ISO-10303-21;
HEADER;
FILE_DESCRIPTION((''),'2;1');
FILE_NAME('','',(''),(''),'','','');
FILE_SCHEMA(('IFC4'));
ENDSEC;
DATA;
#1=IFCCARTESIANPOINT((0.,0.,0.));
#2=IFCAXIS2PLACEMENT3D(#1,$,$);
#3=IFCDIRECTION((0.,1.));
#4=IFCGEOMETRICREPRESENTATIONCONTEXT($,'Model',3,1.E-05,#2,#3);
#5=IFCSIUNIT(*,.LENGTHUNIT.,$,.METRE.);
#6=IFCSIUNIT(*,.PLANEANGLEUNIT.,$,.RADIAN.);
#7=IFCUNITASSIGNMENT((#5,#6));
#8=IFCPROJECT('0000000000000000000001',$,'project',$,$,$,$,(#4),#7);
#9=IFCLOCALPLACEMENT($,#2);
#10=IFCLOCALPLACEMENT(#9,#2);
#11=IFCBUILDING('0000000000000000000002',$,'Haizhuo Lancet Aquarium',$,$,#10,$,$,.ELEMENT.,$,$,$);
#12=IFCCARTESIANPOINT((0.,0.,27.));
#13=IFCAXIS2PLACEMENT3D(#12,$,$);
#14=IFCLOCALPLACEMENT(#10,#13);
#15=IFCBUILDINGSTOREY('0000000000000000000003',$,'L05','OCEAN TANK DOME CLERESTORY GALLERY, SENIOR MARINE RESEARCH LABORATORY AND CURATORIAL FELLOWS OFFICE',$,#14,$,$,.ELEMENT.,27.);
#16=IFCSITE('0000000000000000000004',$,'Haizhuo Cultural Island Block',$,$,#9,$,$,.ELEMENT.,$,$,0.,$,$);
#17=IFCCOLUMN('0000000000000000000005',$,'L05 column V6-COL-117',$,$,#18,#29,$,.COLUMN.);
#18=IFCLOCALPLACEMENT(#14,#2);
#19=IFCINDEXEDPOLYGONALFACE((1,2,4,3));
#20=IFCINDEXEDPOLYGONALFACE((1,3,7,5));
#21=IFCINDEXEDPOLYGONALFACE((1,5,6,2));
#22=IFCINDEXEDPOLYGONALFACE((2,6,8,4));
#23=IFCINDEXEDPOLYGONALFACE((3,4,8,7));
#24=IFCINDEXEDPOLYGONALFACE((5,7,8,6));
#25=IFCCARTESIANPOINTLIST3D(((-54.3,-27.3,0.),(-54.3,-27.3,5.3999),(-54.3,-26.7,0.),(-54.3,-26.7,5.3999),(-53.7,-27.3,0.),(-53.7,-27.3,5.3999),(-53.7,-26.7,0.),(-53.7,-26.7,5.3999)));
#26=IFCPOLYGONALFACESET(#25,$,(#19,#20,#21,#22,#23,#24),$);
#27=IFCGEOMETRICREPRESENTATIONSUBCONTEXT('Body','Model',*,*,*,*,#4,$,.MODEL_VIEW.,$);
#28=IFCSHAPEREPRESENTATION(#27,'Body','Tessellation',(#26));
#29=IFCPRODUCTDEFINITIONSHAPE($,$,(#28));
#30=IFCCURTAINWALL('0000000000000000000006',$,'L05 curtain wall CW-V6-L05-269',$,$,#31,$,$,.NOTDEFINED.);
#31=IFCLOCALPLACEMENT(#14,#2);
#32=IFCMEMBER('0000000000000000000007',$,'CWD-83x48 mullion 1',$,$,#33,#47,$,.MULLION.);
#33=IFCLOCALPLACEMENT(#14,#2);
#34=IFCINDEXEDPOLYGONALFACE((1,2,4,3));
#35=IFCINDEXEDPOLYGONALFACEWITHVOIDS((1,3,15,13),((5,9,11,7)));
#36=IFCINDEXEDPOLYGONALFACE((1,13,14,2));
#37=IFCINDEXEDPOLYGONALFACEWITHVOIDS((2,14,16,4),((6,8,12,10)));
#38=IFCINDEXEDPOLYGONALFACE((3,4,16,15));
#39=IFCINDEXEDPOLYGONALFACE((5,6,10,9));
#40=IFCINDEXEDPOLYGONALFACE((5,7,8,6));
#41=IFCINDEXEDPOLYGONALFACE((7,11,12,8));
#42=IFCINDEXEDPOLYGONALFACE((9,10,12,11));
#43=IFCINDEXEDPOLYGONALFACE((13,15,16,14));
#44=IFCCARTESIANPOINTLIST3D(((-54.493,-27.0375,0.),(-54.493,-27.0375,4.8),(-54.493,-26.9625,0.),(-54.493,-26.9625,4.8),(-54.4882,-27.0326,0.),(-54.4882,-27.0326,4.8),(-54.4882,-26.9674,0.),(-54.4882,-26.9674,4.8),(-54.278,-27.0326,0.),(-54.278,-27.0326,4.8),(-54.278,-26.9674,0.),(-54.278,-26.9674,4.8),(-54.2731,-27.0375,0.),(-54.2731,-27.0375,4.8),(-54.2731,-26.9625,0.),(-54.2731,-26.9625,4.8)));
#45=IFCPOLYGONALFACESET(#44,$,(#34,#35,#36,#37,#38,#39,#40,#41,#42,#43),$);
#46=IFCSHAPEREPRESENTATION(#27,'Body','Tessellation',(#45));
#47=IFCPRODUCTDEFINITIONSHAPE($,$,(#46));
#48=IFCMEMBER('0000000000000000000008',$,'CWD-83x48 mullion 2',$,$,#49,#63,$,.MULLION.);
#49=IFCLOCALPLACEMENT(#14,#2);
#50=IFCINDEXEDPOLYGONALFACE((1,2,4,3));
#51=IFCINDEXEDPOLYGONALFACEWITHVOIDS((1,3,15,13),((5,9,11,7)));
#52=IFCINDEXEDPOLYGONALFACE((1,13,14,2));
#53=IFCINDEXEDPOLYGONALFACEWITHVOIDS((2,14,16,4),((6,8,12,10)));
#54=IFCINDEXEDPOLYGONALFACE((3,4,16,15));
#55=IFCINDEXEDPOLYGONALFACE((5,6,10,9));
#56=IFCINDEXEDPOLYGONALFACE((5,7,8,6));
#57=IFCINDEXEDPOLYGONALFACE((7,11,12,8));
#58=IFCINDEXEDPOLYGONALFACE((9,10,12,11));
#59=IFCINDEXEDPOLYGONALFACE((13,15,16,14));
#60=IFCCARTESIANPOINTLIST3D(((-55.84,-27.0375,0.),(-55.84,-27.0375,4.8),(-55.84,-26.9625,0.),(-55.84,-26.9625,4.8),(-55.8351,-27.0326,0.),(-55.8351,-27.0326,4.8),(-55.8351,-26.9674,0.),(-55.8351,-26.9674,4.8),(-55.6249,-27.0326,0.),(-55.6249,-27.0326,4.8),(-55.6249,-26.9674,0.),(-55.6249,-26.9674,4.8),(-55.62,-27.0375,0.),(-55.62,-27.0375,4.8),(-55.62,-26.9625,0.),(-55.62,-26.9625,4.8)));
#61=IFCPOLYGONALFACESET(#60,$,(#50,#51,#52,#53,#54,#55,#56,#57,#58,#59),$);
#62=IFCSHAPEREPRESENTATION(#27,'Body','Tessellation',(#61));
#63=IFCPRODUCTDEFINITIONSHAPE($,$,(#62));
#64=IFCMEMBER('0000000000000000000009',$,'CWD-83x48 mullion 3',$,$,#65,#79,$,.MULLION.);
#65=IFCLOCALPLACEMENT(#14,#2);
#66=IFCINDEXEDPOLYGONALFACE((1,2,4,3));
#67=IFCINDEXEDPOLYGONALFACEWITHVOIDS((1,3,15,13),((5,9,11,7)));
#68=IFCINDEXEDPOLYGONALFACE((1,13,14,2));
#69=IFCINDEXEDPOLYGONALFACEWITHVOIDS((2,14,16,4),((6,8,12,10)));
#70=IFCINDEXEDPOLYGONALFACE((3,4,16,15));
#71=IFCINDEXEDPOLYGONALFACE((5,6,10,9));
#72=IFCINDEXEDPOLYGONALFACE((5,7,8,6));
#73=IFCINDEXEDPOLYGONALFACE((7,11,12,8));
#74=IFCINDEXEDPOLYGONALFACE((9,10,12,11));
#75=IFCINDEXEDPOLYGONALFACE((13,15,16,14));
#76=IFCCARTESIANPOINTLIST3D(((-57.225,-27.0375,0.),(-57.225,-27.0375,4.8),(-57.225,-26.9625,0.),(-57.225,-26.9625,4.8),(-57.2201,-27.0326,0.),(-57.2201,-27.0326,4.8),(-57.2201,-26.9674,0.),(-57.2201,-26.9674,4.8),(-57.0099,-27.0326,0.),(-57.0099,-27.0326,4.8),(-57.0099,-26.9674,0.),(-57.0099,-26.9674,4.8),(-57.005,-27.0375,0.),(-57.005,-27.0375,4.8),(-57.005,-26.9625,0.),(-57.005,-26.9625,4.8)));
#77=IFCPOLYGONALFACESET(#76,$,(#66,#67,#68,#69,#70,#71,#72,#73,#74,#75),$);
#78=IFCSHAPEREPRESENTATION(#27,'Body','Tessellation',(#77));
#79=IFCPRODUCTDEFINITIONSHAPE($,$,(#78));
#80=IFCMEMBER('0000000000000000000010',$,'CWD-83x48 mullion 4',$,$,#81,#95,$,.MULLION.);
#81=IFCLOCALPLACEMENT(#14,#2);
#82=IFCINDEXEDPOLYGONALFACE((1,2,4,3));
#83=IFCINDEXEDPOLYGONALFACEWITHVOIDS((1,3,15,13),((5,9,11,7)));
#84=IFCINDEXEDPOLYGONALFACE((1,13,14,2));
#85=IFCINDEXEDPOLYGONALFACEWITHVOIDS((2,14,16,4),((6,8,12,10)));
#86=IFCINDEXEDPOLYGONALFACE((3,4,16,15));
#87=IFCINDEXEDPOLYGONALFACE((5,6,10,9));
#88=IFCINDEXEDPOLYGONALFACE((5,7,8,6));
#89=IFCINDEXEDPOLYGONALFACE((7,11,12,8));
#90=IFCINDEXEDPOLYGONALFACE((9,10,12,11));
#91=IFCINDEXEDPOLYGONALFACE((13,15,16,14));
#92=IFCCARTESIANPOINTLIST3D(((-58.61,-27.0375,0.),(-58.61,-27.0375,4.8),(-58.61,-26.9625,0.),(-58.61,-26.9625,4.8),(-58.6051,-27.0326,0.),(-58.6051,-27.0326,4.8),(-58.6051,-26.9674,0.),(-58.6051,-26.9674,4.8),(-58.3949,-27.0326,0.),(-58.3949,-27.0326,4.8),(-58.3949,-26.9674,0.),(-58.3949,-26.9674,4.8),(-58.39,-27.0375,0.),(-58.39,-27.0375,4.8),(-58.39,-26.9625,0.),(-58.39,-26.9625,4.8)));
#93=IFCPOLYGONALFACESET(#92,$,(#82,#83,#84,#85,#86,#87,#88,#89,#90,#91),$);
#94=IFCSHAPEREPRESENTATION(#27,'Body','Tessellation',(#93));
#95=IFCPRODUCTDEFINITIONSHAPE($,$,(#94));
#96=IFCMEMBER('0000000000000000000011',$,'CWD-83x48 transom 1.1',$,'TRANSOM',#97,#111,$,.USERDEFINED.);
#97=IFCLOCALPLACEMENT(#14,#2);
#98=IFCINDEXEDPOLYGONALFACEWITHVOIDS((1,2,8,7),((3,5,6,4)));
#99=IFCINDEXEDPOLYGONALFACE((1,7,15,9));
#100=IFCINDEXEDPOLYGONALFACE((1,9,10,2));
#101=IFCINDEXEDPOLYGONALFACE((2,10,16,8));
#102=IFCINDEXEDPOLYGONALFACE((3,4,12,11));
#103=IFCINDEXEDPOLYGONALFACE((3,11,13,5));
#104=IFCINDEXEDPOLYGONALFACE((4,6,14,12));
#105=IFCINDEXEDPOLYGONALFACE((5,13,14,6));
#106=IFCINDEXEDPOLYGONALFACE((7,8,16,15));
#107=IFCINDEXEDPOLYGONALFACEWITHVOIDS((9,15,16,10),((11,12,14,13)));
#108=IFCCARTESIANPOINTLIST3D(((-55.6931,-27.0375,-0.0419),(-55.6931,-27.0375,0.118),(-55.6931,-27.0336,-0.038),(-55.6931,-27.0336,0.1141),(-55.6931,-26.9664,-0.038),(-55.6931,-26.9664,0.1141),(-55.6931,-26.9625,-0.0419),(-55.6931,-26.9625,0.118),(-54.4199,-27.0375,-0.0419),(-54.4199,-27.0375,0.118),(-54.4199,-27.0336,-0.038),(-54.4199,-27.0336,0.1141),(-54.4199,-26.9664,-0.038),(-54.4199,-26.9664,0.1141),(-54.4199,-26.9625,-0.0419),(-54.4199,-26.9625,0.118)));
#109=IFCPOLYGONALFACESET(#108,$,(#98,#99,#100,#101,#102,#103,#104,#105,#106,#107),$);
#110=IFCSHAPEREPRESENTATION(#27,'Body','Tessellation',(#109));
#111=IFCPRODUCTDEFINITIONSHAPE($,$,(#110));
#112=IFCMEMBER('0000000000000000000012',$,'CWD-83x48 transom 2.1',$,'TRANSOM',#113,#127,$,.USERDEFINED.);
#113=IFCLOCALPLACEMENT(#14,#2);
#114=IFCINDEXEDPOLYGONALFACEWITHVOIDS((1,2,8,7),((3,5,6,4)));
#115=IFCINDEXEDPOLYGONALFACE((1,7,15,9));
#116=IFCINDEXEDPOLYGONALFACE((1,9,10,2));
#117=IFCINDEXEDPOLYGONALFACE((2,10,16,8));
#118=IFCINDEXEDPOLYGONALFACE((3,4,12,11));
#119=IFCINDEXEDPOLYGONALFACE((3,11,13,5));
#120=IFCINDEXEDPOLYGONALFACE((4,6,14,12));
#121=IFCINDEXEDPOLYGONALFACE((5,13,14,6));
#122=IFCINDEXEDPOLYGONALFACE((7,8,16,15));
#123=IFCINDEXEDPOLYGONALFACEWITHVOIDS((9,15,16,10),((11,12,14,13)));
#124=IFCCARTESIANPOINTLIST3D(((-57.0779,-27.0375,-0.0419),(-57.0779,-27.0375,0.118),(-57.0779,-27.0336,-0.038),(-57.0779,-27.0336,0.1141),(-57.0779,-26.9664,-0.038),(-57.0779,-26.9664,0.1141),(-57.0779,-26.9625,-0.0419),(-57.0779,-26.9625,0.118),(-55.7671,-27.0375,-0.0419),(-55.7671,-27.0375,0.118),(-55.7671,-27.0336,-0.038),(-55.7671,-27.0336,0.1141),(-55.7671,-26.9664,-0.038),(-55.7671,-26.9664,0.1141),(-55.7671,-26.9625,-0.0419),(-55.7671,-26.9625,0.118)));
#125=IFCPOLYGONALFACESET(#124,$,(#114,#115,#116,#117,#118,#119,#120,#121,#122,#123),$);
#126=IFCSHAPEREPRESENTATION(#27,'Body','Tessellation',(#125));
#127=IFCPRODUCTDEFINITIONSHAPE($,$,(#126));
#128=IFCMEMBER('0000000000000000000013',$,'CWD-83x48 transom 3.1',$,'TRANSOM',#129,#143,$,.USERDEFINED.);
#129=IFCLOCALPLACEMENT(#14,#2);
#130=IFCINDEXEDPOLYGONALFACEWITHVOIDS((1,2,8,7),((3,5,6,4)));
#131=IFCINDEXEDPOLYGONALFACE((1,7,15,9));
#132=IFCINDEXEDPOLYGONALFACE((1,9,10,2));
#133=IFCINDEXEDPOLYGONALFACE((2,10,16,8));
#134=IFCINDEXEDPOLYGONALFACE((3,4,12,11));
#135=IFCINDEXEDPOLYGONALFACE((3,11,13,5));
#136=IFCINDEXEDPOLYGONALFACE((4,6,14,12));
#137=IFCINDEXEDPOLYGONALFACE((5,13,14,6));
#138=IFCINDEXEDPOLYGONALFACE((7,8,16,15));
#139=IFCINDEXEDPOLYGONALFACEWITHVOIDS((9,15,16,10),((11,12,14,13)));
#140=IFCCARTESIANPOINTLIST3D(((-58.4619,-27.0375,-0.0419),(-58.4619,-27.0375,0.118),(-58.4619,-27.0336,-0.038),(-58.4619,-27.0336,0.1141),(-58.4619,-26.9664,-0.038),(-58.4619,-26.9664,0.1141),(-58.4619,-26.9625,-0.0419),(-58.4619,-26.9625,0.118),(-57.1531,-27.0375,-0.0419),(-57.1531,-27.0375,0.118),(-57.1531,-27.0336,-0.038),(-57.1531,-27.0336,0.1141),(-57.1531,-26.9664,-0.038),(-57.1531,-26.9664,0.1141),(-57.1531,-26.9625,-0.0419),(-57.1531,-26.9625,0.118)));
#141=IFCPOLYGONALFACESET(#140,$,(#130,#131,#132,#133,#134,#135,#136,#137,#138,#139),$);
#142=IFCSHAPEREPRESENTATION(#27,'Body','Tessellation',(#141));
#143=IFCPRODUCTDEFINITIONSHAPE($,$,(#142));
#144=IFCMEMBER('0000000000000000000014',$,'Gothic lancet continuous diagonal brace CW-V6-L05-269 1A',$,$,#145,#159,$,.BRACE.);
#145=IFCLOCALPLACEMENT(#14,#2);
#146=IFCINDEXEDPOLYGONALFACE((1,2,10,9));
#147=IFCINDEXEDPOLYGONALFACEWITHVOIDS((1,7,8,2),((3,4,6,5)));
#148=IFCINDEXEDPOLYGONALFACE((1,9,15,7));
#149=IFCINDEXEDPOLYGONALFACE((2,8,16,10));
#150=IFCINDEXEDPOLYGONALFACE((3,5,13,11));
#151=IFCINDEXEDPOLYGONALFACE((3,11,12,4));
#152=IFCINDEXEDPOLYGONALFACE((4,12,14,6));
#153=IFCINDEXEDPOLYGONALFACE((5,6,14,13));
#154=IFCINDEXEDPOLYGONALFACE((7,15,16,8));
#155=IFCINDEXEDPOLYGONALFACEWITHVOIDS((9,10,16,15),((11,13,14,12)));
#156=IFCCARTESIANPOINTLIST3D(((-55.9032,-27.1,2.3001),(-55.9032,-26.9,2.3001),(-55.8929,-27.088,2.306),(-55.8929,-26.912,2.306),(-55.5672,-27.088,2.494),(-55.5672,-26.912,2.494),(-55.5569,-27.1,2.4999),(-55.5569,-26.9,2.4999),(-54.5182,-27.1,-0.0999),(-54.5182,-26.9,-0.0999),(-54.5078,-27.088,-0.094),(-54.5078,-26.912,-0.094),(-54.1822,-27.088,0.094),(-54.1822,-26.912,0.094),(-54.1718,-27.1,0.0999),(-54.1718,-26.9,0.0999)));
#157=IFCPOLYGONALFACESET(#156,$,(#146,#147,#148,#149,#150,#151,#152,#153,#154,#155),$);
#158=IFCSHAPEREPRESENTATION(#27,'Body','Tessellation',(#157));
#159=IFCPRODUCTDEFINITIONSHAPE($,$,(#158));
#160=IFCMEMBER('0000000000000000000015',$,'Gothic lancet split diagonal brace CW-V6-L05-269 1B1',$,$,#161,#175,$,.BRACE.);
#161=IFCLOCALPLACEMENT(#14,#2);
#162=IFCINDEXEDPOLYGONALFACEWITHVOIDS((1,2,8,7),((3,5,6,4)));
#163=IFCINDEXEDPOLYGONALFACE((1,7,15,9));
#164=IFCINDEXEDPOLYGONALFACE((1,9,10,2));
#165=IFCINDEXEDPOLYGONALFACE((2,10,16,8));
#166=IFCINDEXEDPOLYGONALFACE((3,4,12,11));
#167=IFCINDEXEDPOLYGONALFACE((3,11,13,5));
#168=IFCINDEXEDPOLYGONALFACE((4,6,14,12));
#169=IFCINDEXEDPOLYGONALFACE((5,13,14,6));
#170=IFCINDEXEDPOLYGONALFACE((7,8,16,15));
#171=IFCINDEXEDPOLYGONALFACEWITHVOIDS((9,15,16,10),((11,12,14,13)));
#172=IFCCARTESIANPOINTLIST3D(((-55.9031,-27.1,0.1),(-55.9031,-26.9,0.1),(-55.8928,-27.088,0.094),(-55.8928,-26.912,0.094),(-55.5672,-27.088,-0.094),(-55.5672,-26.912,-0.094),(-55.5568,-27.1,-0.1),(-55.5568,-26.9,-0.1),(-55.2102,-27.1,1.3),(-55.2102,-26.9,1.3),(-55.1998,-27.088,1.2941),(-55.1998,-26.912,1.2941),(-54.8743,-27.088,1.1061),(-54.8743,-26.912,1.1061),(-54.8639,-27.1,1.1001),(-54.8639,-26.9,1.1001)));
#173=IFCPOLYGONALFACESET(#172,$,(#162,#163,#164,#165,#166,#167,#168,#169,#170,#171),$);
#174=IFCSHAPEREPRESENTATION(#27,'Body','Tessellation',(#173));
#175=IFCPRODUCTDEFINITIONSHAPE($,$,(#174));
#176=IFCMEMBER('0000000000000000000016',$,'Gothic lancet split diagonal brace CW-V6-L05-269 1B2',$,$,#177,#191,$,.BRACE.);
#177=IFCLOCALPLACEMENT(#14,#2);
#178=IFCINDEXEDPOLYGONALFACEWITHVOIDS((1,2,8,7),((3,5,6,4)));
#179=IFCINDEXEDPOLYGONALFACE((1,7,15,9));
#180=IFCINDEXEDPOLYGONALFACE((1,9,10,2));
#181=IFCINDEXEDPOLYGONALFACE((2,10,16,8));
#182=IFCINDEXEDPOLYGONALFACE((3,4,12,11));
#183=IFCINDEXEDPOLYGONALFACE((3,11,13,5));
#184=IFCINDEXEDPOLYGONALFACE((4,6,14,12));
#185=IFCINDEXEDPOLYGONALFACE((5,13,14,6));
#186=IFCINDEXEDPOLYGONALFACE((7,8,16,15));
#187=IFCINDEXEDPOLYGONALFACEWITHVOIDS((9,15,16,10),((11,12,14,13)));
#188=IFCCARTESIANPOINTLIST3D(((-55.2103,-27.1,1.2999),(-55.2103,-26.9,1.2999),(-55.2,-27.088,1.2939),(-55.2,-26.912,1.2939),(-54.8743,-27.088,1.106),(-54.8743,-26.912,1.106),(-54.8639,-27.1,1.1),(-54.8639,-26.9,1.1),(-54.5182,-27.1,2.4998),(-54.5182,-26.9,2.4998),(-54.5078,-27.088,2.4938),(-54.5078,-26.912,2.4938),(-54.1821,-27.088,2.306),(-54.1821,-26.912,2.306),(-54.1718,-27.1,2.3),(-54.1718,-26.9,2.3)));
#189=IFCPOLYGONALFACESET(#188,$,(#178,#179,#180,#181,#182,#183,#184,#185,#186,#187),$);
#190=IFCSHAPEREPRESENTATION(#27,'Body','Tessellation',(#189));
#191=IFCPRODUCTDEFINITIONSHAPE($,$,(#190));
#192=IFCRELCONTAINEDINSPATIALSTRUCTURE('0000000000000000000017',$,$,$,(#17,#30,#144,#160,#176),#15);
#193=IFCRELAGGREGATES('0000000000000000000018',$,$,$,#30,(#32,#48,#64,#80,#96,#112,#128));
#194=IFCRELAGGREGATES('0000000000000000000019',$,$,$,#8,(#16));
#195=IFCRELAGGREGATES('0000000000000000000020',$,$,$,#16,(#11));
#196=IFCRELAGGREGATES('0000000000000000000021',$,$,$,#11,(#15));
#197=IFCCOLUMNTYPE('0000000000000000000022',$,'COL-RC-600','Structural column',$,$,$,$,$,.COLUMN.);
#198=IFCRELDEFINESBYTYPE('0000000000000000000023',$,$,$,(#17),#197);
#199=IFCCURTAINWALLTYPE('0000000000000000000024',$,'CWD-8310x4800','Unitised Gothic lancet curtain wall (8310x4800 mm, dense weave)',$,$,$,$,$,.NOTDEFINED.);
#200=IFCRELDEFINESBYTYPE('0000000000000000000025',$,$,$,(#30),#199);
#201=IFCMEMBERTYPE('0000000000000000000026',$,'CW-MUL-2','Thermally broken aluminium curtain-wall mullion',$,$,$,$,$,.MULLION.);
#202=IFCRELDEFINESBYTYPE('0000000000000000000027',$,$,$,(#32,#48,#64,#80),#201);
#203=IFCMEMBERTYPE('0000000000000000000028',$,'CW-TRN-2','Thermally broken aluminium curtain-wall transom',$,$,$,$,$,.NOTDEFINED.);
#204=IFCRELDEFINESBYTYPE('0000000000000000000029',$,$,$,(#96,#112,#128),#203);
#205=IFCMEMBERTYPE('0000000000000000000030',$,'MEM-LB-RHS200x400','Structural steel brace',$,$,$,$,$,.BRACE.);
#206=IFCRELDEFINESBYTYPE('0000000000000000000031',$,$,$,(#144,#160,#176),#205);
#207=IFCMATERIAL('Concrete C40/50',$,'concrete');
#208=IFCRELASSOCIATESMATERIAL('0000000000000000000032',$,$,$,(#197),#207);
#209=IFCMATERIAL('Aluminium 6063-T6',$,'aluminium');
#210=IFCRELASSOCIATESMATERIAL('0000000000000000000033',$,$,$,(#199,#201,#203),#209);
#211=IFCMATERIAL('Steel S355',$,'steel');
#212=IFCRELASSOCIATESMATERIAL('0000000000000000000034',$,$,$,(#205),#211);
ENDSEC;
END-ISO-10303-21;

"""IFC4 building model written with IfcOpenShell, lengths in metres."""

from ifc_helpers import new_model, si_unit, direction, frame, origin, origin_2d, place, context, subcontext, project, spatial, rectangle, hollow_rectangle, extrude, material, material_profile, profile_set, type_object, element, aggregate, save


model = new_model("IFC4")

# Units and contexts
model_context = context("Model", 3, precision=1e-05, world=origin(), true_north=direction((0.0, 1.0)))
body_context = subcontext(model_context, "Body", "Model", "MODEL_VIEW")
ifc_project = project(units=[si_unit("LENGTHUNIT", "METRE"), si_unit("PLANEANGLEUNIT", "RADIAN")], contexts=[model_context])

# Site, building, storey
site_placement = place(None, origin())
site = spatial("IfcSite", under=ifc_project, at=site_placement, Name="Haizhuo Cultural Island Block", CompositionType="ELEMENT", RefElevation=0.0)
building_placement = place(site_placement, origin())
building = spatial("IfcBuilding", under=site, at=building_placement, Name="Haizhuo Lancet Aquarium", CompositionType="ELEMENT")
storey_placement = place(building_placement, frame((0.0, 0.0, 27.0)))
storey = spatial("IfcBuildingStorey", under=building, at=storey_placement, Name="L05", Description="OCEAN TANK DOME CLERESTORY GALLERY, SENIOR MARINE RESEARCH LABORATORY AND CURATORIAL FELLOWS OFFICE", CompositionType="ELEMENT", Elevation=27.0)

# Column
ifc_material_1 = material(Name="Concrete C40/50", Category="concrete")
ifc_material_profile_1 = material_profile(ifc_material_1, rectangle(XDim=0.6001, YDim=0.6001, at=origin_2d()), Name="RC-COL 600x600")
ifc_profile_set_1 = profile_set([ifc_material_profile_1], Name="Concrete C40/50")
column_type = type_object("IfcColumnType", Name="COL-RC-600", Description="Structural column", PredefinedType="COLUMN", material=ifc_profile_set_1)
column_placement = place(storey_placement, frame((-54.0, -27.0, 0.0), z_axis=(0.0, 0.0, 1.0), x_axis=(1.0, 0.0, 0.0)))
element("IfcColumn", 1, at=column_placement, inside=storey, type_object=column_type, Name="L05 column V6-COL-117", PredefinedType="COLUMN", context=body_context, shape_type="SweptSolid", body=[
    extrude(rectangle(XDim=0.6001, YDim=0.6001, at=origin_2d()), origin(), (0.0, 0.0, 1.0), 5.3999),
])

# Curtain wall, members
ifc_material_2 = material(Name="Aluminium 6063-T6", Category="aluminium")
curtain_wall_type = type_object("IfcCurtainWallType", Name="CWD-8310x4800", Description="Unitised Gothic lancet curtain wall (8310x4800 mm, dense weave)", PredefinedType="NOTDEFINED", material=ifc_material_2)
curtain_wall_placement = place(storey_placement, origin())
curtain_wall = element("IfcCurtainWall", 2, at=curtain_wall_placement, inside=storey, type_object=curtain_wall_type, Name="L05 curtain wall CW-V6-L05-269", PredefinedType="NOTDEFINED")
ifc_material_profile_2 = material_profile(ifc_material_2, hollow_rectangle(XDim=0.075, YDim=0.22, WallThickness=0.0049, at=origin_2d()), Name="ALU-M 75x220x5")
ifc_profile_set_2 = profile_set([ifc_material_profile_2], Name="Aluminium 6063-T6")
member_type_1 = type_object("IfcMemberType", Name="CW-MUL-2", Description="Thermally broken aluminium curtain-wall mullion", PredefinedType="MULLION", material=ifc_profile_set_2)
member_1_placement = place(storey_placement, frame((-54.3831, -27.0, 0.0), z_axis=(0.0, 0.0, 1.0), x_axis=(0.0, -1.0, 0.0)))
member_1 = element("IfcMember", 3, at=member_1_placement, type_object=member_type_1, Name="CWD-83x48 mullion 1", PredefinedType="MULLION", context=body_context, shape_type="SweptSolid", body=[
    extrude(hollow_rectangle(XDim=0.075, YDim=0.22, WallThickness=0.0049, at=origin_2d()), origin(), (0.0, 0.0, 1.0), 4.8),
])
member_2_placement = place(storey_placement, frame((-55.73, -27.0, 0.0), z_axis=(0.0, 0.0, 1.0), x_axis=(0.0, -1.0, 0.0)))
member_2 = element("IfcMember", 4, at=member_2_placement, type_object=member_type_1, Name="CWD-83x48 mullion 2", PredefinedType="MULLION", context=body_context, shape_type="SweptSolid", body=[
    extrude(hollow_rectangle(XDim=0.075, YDim=0.22, WallThickness=0.0049, at=origin_2d()), origin(), (0.0, 0.0, 1.0), 4.8),
])
member_3_placement = place(storey_placement, frame((-57.115, -27.0, 0.0), z_axis=(0.0, 0.0, 1.0), x_axis=(0.0, -1.0, 0.0)))
member_3 = element("IfcMember", 5, at=member_3_placement, type_object=member_type_1, Name="CWD-83x48 mullion 3", PredefinedType="MULLION", context=body_context, shape_type="SweptSolid", body=[
    extrude(hollow_rectangle(XDim=0.075, YDim=0.22, WallThickness=0.0049, at=origin_2d()), origin(), (0.0, 0.0, 1.0), 4.8),
])
member_4_placement = place(storey_placement, frame((-58.5, -27.0, 0.0), z_axis=(0.0, 0.0, 1.0), x_axis=(0.0, -1.0, 0.0)))
member_4 = element("IfcMember", 6, at=member_4_placement, type_object=member_type_1, Name="CWD-83x48 mullion 4", PredefinedType="MULLION", context=body_context, shape_type="SweptSolid", body=[
    extrude(hollow_rectangle(XDim=0.075, YDim=0.22, WallThickness=0.0049, at=origin_2d()), origin(), (0.0, 0.0, 1.0), 4.8),
])
ifc_material_profile_3 = material_profile(ifc_material_2, hollow_rectangle(XDim=0.075, YDim=0.1599, WallThickness=0.0039, at=origin_2d()), Name="ALU-T 75x160x4")
ifc_profile_set_3 = profile_set([ifc_material_profile_3], Name="Aluminium 6063-T6")
member_type_2 = type_object("IfcMemberType", Name="CW-TRN-2", Description="Thermally broken aluminium curtain-wall transom", PredefinedType="NOTDEFINED", material=ifc_profile_set_3)
member_5_placement = place(storey_placement, frame((-54.4199, -27.0, 0.0381), z_axis=(-1.0, 0.0, 0.0), x_axis=(0.0, -1.0, 0.0)))
member_5 = element("IfcMember", 7, at=member_5_placement, type_object=member_type_2, Name="CWD-83x48 transom 1.1", ObjectType="TRANSOM", PredefinedType="USERDEFINED", context=body_context, shape_type="SweptSolid", body=[
    extrude(hollow_rectangle(XDim=0.075, YDim=0.1599, WallThickness=0.0039, at=origin_2d()), origin(), (0.0, 0.0, 1.0), 1.2732),
])
member_6_placement = place(storey_placement, frame((-55.7671, -27.0, 0.0381), z_axis=(-1.0, 0.0, 0.0), x_axis=(0.0, -1.0, 0.0)))
member_6 = element("IfcMember", 8, at=member_6_placement, type_object=member_type_2, Name="CWD-83x48 transom 2.1", ObjectType="TRANSOM", PredefinedType="USERDEFINED", context=body_context, shape_type="SweptSolid", body=[
    extrude(hollow_rectangle(XDim=0.075, YDim=0.1599, WallThickness=0.0039, at=origin_2d()), origin(), (0.0, 0.0, 1.0), 1.3108),
])
member_7_placement = place(storey_placement, frame((-57.1531, -27.0, 0.0381), z_axis=(-1.0, 0.0, 0.0), x_axis=(0.0, -1.0, 0.0)))
member_7 = element("IfcMember", 9, at=member_7_placement, type_object=member_type_2, Name="CWD-83x48 transom 3.1", ObjectType="TRANSOM", PredefinedType="USERDEFINED", context=body_context, shape_type="SweptSolid", body=[
    extrude(hollow_rectangle(XDim=0.075, YDim=0.1599, WallThickness=0.0039, at=origin_2d()), origin(), (0.0, 0.0, 1.0), 1.3088),
])

# Members
ifc_material_3 = material(Name="Steel S355", Category="steel")
ifc_material_profile_4 = material_profile(ifc_material_3, hollow_rectangle(XDim=0.2, YDim=0.3999, WallThickness=0.012, at=origin_2d()), Name="RHS 200x400x12")
ifc_profile_set_4 = profile_set([ifc_material_profile_4], Name="Steel S355")
member_type_3 = type_object("IfcMemberType", Name="MEM-LB-RHS200x400", Description="Structural steel brace", PredefinedType="BRACE", material=ifc_profile_set_4)
member_8_placement = place(storey_placement, frame((-54.345, -27.0, 0.0), z_axis=(-0.499844, 0.0, 0.866115), x_axis=(0.0, -1.0, 0.0)))
element("IfcMember", 10, at=member_8_placement, inside=storey, type_object=member_type_3, Name="Gothic lancet continuous diagonal brace CW-V6-L05-269 1A", PredefinedType="BRACE", context=body_context, shape_type="SweptSolid", body=[
    extrude(hollow_rectangle(XDim=0.2, YDim=0.3999, WallThickness=0.012, at=origin_2d()), origin(), (0.0, 0.0, 1.0), 2.771),
])
member_9_placement = place(storey_placement, frame((-55.73, -27.0, 0.0), z_axis=(0.500043, 0.0, 0.866001), x_axis=(0.0, 1.0, 0.0)))
element("IfcMember", 11, at=member_9_placement, inside=storey, type_object=member_type_3, Name="Gothic lancet split diagonal brace CW-V6-L05-269 1B1", PredefinedType="BRACE", context=body_context, shape_type="SweptSolid", body=[
    extrude(hollow_rectangle(XDim=0.2, YDim=0.3999, WallThickness=0.012, at=origin_2d()), origin(), (0.0, 0.0, 1.0), 1.3857),
])
member_10_placement = place(storey_placement, frame((-55.0371, -27.0, 1.2), z_axis=(0.499646, 0.0, 0.86623), x_axis=(0.0, 1.0, 0.0)))
element("IfcMember", 12, at=member_10_placement, inside=storey, type_object=member_type_3, Name="Gothic lancet split diagonal brace CW-V6-L05-269 1B2", PredefinedType="BRACE", context=body_context, shape_type="SweptSolid", body=[
    extrude(hollow_rectangle(XDim=0.2, YDim=0.3999, WallThickness=0.012, at=origin_2d()), origin(), (0.0, 0.0, 1.0), 1.3853),
])

aggregate(curtain_wall, [member_1, member_2, member_3, member_4, member_5, member_6, member_7])

save(model, "model.ifc")
